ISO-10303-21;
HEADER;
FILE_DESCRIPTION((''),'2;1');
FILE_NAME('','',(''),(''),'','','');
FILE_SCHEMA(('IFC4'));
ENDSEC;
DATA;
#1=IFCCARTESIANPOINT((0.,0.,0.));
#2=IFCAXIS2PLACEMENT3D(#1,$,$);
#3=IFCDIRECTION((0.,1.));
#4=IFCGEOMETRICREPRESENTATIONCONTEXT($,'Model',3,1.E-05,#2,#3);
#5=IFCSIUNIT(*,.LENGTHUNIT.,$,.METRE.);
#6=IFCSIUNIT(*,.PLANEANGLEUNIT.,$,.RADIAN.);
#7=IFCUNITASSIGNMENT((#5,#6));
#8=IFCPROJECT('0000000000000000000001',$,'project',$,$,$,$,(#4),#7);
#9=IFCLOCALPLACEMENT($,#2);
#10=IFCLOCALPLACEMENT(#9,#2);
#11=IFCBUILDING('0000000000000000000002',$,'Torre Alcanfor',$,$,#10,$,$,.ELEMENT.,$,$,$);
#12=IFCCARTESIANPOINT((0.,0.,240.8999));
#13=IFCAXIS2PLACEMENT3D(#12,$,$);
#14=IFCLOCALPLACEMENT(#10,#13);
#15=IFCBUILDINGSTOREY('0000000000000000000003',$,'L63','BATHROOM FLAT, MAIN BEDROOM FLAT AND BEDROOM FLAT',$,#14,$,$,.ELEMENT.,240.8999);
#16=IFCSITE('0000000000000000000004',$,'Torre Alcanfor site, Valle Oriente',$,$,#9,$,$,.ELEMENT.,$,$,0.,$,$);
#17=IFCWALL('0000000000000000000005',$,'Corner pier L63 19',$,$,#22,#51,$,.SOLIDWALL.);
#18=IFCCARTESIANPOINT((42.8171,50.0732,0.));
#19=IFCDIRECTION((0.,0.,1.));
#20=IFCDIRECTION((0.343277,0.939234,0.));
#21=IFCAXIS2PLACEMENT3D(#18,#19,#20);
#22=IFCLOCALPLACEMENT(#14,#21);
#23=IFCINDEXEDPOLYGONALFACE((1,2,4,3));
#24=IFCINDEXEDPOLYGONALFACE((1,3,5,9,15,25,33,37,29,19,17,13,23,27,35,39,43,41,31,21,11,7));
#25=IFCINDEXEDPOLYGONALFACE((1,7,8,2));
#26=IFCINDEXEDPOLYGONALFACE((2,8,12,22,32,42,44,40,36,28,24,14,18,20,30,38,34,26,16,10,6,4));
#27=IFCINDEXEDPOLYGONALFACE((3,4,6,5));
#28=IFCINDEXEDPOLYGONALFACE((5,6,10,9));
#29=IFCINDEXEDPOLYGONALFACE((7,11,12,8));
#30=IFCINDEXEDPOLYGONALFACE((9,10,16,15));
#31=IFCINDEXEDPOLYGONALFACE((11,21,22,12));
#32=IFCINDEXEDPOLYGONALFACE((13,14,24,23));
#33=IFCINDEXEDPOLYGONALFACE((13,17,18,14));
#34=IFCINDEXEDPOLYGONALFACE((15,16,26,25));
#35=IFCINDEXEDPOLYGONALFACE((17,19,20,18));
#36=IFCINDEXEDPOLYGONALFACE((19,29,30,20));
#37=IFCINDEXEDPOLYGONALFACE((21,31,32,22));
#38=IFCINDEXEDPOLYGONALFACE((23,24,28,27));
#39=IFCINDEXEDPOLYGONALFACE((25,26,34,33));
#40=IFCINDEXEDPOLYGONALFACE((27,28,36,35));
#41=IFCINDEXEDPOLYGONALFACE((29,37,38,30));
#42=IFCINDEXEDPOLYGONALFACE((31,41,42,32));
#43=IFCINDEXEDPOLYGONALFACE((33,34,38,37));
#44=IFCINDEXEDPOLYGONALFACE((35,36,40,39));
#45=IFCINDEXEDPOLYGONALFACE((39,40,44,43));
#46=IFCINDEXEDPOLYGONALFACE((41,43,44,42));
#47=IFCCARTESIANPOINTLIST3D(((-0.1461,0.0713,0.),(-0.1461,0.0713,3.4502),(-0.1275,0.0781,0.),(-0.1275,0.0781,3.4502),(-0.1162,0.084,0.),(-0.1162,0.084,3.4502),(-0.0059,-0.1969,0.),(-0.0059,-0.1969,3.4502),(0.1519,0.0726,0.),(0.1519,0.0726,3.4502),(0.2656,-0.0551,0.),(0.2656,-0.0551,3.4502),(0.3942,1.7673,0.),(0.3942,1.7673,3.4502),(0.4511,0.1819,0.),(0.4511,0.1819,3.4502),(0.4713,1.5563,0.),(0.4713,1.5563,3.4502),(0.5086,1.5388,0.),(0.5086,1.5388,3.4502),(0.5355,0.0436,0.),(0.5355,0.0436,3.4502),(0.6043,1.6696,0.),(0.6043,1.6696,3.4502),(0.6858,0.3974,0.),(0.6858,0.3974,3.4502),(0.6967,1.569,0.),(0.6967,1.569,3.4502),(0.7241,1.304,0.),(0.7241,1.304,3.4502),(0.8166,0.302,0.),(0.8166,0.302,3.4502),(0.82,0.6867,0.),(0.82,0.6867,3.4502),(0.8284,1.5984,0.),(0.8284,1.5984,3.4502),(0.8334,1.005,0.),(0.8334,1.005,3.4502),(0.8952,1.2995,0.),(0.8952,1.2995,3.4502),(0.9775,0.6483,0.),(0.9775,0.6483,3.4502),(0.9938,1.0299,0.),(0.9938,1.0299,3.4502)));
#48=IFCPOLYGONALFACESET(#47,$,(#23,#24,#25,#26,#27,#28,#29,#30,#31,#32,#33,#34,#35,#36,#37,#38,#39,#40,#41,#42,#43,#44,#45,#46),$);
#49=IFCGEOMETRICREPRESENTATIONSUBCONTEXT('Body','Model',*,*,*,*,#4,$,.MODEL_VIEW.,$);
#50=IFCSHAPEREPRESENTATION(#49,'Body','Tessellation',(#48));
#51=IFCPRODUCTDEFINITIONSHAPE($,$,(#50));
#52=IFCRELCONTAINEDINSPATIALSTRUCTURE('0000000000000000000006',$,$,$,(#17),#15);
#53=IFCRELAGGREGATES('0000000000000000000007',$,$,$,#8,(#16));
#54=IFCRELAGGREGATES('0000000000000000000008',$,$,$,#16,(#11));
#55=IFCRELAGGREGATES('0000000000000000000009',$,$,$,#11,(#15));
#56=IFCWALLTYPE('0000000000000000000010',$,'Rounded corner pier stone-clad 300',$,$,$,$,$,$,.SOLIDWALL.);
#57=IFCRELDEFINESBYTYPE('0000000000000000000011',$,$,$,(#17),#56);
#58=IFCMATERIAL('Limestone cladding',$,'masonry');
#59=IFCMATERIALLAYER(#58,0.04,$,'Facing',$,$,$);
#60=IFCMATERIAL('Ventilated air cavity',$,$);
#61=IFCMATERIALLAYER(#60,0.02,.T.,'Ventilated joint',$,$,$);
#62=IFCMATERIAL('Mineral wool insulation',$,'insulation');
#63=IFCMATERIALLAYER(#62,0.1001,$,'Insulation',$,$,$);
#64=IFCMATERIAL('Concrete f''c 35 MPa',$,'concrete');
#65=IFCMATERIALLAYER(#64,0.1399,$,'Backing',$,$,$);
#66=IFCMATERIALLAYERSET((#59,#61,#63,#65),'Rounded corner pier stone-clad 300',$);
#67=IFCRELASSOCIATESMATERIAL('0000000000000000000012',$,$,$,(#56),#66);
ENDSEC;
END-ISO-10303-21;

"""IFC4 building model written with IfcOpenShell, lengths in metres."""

from ifc_helpers import new_model, si_unit, direction, frame, origin, place, context, subcontext, project, spatial, polyline, outline, extrude, material, layer, layer_set, type_object, element, save


model = new_model("IFC4")

# Units and contexts
model_context = context("Model", 3, precision=1e-05, world=origin(), true_north=direction((0.0, 1.0)))
body_context = subcontext(model_context, "Body", "Model", "MODEL_VIEW")
ifc_project = project(units=[si_unit("LENGTHUNIT", "METRE"), si_unit("PLANEANGLEUNIT", "RADIAN")], contexts=[model_context])

# Site, building, storey
site_placement = place(None, origin())
site = spatial("IfcSite", under=ifc_project, at=site_placement, Name="Torre Alcanfor site, Valle Oriente", CompositionType="ELEMENT", RefElevation=0.0)
building_placement = place(site_placement, origin())
building = spatial("IfcBuilding", under=site, at=building_placement, Name="Torre Alcanfor", CompositionType="ELEMENT")
storey_placement = place(building_placement, frame((0.0, 0.0, 240.8999)))
storey = spatial("IfcBuildingStorey", under=building, at=storey_placement, Name="L63", Description="BATHROOM FLAT, MAIN BEDROOM FLAT AND BEDROOM FLAT", CompositionType="ELEMENT", Elevation=240.8999)

# Shared definitions
ifc_material_1 = material(Name="Limestone cladding", Category="masonry")
ifc_material_2 = material(Name="Ventilated air cavity")
ifc_material_3 = material(Name="Mineral wool insulation", Category="insulation")
ifc_material_4 = material(Name="Concrete f'c 35 MPa", Category="concrete")

# Wall
ifc_layer_1 = layer(ifc_material_1, 0.04, Name="Facing")
ifc_layer_2 = layer(ifc_material_2, 0.02, ventilated=True, Name="Ventilated joint")
ifc_layer_3 = layer(ifc_material_3, 0.1001, Name="Insulation")
ifc_layer_4 = layer(ifc_material_4, 0.1399, Name="Backing")
ifc_layer_set_1 = layer_set([ifc_layer_1, ifc_layer_2, ifc_layer_3, ifc_layer_4], Name="Rounded corner pier stone-clad 300")
wall_type_1 = type_object("IfcWallType", Name="Rounded corner pier stone-clad 300", PredefinedType="SOLIDWALL", material=ifc_layer_set_1)
wall_1_placement = place(storey_placement, frame((42.8171, 50.0732, 0.0), z_axis=(0.0, 0.0, 1.0), x_axis=(0.343277, 0.939234, 0.0)))
element("IfcWall", 1, at=wall_1_placement, inside=storey, type_object=wall_type_1, Name="Corner pier L63 19", PredefinedType="SOLIDWALL", context=body_context, shape_type="SweptSolid", body=[
    extrude(outline(polyline([(0.2656, -0.0551), (0.5355, 0.0436), (0.8166, 0.302), (0.9775, 0.6483), (0.9938, 1.0299), (0.8952, 1.2995), (0.8284, 1.5984), (0.6967, 1.569), (0.6043, 1.6696), (0.3942, 1.7673), (0.4713, 1.5563), (0.5086, 1.5388), (0.7241, 1.304), (0.8334, 1.005), (0.82, 0.6867), (0.6858, 0.3974), (0.4511, 0.1819), (0.1519, 0.0726), (-0.1162, 0.084), (-0.1275, 0.0781), (-0.1461, 0.0713), (-0.0059, -0.1969), (0.2656, -0.0551)])), origin(), (0.0, 0.0, 1.0), 3.4502),
])

save(model, "model.ifc")
